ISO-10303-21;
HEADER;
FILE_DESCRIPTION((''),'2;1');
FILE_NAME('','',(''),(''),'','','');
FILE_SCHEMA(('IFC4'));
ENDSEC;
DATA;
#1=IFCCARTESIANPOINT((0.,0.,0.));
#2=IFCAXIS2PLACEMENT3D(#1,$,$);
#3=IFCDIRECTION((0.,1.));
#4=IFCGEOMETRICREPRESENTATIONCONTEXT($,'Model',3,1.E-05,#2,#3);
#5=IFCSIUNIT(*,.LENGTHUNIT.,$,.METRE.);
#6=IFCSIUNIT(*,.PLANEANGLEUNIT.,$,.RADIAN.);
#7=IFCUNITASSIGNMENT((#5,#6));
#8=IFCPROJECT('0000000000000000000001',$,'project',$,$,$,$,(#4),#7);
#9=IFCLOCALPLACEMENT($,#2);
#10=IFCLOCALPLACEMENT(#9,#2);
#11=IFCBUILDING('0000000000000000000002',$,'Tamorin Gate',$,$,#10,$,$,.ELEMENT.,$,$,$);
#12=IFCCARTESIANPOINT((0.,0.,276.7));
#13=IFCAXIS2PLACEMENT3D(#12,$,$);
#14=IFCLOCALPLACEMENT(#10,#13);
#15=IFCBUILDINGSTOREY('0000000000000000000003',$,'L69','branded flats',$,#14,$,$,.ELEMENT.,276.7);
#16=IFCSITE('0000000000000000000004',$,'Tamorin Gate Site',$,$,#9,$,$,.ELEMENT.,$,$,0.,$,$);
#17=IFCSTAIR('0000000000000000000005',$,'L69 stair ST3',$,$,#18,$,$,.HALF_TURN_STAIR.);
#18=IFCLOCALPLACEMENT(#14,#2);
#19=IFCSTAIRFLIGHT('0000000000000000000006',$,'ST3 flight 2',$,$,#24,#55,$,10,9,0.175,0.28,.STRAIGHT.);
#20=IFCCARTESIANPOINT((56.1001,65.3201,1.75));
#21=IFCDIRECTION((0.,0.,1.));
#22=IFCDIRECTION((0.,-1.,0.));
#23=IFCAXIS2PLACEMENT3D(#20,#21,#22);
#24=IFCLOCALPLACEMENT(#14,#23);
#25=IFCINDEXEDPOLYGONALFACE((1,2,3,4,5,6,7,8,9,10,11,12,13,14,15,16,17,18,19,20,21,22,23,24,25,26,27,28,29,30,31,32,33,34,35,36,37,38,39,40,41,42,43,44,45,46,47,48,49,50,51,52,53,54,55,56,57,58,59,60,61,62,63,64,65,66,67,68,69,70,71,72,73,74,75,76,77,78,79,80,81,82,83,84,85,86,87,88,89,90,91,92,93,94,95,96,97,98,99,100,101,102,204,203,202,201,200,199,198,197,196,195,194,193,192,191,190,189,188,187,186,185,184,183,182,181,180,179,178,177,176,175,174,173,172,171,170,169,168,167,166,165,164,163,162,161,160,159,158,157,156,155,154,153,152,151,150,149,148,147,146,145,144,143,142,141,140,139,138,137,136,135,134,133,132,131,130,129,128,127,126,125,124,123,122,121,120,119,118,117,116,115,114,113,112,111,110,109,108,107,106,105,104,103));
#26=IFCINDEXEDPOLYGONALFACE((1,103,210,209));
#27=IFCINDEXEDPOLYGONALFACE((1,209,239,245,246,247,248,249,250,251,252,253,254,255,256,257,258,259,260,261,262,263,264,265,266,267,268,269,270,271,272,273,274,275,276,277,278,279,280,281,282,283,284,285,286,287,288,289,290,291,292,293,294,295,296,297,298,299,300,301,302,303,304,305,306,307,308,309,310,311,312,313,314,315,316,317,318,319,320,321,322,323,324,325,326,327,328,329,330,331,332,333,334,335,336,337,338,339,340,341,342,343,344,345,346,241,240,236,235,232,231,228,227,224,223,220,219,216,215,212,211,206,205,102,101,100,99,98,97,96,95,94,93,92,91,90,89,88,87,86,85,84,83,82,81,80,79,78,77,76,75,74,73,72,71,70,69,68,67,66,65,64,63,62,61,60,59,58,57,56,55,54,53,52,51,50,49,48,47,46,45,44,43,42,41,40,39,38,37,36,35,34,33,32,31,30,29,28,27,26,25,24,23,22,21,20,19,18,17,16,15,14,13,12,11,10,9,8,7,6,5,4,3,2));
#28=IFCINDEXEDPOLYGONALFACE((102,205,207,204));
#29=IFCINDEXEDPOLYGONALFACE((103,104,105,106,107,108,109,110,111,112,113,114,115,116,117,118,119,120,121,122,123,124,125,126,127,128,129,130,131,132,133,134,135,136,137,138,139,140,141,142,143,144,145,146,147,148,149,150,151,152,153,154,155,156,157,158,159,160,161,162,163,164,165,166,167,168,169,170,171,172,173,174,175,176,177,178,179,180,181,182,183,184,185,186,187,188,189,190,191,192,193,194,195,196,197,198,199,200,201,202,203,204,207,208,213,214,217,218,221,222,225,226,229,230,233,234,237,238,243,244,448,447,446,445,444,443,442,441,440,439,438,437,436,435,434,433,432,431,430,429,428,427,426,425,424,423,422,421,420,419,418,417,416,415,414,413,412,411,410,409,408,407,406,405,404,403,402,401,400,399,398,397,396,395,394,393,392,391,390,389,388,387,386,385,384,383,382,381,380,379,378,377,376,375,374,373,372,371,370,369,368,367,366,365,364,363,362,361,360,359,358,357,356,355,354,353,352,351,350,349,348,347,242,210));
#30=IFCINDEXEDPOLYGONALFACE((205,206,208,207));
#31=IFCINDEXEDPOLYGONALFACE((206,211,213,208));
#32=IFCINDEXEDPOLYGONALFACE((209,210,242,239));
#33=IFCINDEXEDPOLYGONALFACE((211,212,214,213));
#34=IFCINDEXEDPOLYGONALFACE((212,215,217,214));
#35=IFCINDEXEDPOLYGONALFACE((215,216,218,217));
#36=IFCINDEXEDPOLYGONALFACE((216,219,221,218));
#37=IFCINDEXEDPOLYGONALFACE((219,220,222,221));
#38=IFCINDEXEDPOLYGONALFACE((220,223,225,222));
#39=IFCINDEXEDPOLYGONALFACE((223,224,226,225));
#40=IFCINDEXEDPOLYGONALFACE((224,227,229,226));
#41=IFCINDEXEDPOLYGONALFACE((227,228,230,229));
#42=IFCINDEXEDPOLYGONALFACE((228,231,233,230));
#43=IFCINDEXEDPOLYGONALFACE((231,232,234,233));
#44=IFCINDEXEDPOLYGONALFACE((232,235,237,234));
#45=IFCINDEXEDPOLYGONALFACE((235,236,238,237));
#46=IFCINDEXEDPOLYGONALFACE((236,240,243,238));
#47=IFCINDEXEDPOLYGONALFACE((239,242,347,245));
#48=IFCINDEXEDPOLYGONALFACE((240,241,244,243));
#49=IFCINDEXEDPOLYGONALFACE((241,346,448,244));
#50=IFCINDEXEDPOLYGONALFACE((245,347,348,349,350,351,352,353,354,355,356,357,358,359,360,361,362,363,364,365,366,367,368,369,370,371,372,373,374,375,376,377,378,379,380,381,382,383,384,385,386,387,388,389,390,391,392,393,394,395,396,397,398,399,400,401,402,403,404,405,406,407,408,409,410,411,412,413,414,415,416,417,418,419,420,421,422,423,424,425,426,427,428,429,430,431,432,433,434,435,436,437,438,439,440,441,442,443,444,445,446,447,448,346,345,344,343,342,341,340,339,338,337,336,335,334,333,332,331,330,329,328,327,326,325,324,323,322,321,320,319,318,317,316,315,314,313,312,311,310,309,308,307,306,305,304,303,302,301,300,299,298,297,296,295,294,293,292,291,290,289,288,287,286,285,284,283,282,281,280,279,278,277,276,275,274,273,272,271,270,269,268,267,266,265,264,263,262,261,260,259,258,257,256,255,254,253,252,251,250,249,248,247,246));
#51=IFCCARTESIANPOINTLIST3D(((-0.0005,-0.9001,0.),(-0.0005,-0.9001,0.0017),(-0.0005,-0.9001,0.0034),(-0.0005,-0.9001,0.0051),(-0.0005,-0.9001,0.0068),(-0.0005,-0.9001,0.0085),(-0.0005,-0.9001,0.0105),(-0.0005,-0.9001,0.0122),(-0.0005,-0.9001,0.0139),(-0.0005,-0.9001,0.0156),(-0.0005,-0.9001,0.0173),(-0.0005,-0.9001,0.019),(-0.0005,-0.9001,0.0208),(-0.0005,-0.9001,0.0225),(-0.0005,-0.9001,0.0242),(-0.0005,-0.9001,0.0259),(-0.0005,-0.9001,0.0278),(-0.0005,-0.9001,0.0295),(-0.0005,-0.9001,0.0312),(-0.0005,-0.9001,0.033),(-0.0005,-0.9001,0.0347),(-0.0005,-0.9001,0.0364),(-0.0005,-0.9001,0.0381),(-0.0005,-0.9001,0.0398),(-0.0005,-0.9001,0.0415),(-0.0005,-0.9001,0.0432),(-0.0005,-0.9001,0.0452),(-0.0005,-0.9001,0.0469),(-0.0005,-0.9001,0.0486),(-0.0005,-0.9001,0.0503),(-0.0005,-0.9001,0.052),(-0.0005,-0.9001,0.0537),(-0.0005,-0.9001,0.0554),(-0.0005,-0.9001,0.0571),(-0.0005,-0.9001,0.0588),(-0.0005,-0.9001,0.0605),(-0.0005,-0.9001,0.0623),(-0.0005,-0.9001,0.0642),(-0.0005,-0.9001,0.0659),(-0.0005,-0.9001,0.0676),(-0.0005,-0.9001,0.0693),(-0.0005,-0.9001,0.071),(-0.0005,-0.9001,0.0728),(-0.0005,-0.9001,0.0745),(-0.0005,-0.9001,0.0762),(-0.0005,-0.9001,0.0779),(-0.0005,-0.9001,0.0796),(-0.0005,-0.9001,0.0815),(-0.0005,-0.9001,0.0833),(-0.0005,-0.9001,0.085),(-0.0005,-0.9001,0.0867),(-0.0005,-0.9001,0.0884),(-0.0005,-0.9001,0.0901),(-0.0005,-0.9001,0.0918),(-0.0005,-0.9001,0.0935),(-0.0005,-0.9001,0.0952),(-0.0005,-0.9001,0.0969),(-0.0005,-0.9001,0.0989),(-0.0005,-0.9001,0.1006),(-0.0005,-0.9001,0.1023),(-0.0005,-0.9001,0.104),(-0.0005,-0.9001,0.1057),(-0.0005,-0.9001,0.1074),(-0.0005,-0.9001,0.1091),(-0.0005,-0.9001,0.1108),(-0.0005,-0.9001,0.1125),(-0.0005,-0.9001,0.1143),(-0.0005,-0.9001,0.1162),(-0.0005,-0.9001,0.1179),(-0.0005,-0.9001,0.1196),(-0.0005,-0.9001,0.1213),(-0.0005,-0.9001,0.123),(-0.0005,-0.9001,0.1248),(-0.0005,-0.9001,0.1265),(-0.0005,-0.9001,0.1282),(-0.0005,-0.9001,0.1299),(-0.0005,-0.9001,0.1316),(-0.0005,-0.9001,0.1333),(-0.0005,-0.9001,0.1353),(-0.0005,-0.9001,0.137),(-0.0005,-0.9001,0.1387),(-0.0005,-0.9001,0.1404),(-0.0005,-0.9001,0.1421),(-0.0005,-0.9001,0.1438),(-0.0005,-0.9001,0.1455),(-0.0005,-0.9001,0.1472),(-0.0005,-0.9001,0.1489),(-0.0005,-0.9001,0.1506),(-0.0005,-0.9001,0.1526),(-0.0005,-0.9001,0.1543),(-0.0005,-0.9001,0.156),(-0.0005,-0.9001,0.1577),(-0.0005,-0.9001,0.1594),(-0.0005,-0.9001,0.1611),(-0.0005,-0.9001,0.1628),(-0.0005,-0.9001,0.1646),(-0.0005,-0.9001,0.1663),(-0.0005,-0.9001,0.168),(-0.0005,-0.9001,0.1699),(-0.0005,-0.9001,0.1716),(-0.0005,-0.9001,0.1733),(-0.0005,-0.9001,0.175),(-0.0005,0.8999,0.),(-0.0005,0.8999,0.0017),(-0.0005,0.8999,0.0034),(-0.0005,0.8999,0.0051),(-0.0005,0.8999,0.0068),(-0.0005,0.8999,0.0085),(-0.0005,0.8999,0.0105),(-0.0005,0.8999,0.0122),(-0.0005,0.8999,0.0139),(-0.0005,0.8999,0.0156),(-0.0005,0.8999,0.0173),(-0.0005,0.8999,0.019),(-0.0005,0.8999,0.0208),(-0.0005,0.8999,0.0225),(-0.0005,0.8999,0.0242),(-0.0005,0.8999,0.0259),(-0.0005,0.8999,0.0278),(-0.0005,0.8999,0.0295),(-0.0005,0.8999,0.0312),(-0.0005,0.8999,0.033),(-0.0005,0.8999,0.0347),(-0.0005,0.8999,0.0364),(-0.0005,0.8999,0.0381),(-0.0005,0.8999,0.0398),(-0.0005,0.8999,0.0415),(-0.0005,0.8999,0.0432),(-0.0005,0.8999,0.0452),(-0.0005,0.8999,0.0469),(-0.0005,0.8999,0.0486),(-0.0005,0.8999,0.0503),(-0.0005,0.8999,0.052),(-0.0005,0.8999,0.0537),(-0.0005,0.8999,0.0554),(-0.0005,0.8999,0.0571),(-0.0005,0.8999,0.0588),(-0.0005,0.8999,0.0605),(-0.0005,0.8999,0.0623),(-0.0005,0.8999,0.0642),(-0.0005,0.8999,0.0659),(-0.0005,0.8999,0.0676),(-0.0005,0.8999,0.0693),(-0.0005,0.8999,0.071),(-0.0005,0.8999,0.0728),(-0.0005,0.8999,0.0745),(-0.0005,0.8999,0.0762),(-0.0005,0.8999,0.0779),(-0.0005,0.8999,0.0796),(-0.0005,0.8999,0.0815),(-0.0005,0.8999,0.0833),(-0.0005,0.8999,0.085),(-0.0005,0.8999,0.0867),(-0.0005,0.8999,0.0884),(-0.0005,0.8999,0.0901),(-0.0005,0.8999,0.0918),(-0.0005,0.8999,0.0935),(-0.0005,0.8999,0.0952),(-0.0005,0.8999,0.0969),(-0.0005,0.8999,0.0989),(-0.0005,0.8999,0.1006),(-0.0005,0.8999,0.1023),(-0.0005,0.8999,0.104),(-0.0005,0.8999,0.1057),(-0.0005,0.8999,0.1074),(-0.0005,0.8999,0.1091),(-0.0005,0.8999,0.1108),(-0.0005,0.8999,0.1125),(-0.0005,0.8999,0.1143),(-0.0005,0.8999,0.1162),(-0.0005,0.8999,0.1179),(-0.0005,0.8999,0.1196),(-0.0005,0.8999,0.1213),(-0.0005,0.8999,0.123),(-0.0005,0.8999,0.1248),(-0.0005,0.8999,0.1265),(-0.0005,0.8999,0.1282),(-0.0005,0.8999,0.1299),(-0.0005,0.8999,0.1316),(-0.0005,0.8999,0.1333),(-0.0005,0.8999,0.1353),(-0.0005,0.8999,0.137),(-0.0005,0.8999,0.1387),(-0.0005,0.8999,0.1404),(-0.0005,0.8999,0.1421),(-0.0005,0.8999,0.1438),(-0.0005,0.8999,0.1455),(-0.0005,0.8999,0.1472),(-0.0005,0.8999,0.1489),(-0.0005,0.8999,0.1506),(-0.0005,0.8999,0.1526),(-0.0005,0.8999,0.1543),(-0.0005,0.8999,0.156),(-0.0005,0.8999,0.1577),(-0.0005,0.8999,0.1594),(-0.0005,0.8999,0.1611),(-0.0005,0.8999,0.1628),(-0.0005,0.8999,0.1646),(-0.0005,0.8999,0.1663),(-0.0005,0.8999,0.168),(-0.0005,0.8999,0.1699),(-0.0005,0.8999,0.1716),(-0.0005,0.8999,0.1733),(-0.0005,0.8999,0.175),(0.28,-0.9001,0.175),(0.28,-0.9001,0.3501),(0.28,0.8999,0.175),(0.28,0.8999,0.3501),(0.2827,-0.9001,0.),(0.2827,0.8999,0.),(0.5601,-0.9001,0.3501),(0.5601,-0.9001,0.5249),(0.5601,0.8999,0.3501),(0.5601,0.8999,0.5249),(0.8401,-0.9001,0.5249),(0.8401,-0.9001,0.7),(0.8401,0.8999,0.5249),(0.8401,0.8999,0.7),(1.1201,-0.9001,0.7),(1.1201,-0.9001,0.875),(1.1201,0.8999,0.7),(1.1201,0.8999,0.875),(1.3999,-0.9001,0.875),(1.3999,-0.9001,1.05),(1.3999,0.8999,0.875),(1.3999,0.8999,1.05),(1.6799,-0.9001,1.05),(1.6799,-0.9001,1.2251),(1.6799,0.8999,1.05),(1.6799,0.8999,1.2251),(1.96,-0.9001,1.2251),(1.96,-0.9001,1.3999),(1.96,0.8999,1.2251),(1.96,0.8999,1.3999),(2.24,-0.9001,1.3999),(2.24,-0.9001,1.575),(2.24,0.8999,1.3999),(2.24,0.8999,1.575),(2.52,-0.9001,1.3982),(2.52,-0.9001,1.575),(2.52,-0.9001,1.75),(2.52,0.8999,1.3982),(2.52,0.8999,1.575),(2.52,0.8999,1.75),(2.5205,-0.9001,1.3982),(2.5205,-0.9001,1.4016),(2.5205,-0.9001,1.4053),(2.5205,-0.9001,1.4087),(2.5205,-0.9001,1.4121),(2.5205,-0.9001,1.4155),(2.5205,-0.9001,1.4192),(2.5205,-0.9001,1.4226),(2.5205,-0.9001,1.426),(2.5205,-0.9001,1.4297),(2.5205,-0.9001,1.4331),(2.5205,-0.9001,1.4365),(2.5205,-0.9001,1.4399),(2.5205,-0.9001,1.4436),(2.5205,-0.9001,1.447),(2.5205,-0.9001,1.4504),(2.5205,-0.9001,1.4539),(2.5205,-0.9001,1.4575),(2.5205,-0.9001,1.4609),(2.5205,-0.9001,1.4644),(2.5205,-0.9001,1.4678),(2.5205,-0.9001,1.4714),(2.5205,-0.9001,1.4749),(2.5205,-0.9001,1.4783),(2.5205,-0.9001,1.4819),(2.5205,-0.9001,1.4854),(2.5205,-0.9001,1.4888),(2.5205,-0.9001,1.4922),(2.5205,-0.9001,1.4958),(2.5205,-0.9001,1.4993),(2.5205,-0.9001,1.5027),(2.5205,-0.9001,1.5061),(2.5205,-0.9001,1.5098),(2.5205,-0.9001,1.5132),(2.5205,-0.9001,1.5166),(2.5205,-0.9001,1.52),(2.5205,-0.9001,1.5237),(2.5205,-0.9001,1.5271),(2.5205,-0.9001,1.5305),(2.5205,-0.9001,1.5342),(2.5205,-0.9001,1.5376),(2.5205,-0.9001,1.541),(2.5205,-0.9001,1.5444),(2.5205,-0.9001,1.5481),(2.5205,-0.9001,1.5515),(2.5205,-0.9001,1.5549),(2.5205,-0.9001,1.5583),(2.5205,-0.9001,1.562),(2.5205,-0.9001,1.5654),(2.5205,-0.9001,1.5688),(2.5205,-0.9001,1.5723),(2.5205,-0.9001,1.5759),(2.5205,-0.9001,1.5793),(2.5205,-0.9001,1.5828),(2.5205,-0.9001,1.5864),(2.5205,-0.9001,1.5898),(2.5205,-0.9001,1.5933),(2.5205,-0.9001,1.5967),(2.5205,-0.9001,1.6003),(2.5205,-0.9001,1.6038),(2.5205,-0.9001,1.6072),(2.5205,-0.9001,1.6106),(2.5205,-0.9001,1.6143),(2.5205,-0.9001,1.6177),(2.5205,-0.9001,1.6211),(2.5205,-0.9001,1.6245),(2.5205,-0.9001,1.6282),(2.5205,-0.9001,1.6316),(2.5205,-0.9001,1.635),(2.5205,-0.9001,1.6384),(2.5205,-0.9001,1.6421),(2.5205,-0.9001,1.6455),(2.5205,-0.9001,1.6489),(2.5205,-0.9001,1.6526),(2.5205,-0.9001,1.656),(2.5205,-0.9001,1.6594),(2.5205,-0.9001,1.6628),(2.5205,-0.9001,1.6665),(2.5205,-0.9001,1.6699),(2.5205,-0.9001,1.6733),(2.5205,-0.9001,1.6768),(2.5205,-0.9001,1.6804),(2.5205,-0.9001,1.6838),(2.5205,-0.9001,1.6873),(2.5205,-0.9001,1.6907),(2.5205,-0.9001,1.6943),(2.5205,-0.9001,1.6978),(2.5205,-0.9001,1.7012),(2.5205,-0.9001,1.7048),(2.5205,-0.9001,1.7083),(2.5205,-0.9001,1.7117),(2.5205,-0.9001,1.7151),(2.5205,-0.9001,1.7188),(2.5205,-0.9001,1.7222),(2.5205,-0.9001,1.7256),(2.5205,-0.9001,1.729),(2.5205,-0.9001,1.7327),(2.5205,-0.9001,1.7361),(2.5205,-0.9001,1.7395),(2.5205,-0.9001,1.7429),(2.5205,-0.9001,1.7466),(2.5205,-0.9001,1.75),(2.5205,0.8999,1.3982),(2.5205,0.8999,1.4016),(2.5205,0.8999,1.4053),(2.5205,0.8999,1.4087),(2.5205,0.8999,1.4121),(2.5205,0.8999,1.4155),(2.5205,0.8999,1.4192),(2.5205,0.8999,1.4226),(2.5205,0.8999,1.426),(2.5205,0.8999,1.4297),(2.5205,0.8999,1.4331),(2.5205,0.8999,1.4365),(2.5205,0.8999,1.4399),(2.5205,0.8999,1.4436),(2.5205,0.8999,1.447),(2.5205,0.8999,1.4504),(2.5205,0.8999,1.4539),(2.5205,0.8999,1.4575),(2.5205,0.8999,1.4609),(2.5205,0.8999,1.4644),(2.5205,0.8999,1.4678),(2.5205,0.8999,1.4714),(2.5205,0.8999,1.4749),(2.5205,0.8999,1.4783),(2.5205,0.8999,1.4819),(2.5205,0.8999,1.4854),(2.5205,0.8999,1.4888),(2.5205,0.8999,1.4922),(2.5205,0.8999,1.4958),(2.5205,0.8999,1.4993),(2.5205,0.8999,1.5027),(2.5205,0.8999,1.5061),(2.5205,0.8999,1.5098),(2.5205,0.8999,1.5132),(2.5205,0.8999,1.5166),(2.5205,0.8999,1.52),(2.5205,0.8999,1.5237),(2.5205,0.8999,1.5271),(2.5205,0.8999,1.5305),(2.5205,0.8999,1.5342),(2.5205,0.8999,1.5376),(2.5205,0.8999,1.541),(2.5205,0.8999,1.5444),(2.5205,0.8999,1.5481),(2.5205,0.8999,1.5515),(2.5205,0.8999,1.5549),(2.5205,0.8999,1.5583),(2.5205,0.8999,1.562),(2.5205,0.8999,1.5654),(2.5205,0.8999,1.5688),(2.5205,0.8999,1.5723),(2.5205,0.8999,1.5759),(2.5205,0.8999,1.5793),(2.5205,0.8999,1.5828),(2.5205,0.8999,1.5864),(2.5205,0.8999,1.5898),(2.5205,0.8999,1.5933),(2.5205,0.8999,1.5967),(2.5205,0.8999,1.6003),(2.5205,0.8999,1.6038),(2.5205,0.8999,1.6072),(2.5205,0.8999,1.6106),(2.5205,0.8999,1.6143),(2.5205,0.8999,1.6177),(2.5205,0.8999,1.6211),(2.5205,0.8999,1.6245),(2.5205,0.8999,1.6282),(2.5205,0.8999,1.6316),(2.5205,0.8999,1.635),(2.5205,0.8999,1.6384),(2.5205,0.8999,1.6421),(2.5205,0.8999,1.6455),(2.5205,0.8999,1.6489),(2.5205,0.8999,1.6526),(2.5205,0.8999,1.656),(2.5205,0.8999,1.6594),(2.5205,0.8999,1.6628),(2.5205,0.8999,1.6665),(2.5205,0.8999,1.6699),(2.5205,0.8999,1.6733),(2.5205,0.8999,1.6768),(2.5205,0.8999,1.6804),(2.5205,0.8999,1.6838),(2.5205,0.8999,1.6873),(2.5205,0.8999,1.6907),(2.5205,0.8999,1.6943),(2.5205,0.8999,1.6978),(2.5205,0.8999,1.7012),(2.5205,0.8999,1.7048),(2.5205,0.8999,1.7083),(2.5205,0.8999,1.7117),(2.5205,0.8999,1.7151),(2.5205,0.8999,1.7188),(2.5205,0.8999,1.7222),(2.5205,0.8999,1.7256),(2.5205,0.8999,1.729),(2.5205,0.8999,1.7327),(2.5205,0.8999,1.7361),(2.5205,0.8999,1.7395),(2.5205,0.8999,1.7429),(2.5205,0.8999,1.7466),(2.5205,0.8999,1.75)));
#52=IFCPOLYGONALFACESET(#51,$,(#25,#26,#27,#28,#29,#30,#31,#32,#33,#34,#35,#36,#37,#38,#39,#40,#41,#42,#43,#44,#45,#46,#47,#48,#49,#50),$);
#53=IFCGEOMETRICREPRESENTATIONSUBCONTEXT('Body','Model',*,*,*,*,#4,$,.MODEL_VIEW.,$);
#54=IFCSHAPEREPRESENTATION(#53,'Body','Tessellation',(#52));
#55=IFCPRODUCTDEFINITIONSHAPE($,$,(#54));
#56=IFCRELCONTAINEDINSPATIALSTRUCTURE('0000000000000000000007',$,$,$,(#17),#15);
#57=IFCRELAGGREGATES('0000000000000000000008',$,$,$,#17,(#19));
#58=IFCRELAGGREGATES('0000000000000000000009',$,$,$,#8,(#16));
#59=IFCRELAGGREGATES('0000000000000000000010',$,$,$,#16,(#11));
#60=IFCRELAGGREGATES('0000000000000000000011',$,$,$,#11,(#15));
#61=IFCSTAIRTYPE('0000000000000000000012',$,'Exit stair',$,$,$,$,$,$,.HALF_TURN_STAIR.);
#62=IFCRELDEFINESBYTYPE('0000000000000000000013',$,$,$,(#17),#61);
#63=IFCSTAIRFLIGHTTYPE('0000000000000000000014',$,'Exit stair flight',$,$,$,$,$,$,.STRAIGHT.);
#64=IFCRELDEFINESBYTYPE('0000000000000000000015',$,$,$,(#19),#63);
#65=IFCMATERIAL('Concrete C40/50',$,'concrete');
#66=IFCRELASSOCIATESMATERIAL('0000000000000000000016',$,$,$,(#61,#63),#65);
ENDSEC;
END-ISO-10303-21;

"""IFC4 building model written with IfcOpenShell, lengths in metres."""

from ifc_helpers import new_model, si_unit, direction, frame, origin, place, context, subcontext, project, spatial, polyline, outline, extrude, material, type_object, element, aggregate, save


model = new_model("IFC4")

# Units and contexts
model_context = context("Model", 3, precision=1e-05, world=origin(), true_north=direction((0.0, 1.0)))
body_context = subcontext(model_context, "Body", "Model", "MODEL_VIEW")
ifc_project = project(units=[si_unit("LENGTHUNIT", "METRE"), si_unit("PLANEANGLEUNIT", "RADIAN")], contexts=[model_context])

# Site, building, storey
site_placement = place(None, origin())
site = spatial("IfcSite", under=ifc_project, at=site_placement, Name="Tamorin Gate Site", CompositionType="ELEMENT", RefElevation=0.0)
building_placement = place(site_placement, origin())
building = spatial("IfcBuilding", under=site, at=building_placement, Name="Tamorin Gate", CompositionType="ELEMENT")
storey_placement = place(building_placement, frame((0.0, 0.0, 276.7)))
storey = spatial("IfcBuildingStorey", under=building, at=storey_placement, Name="L69", Description="branded flats", CompositionType="ELEMENT", Elevation=276.7)

# Shared definitions
ifc_material_1 = material(Name="Concrete C40/50", Category="concrete")

# Stair, stair flight
stair_type = type_object("IfcStairType", Name="Exit stair", PredefinedType="HALF_TURN_STAIR", material=ifc_material_1)
stair_placement = place(storey_placement, origin())
stair = element("IfcStair", 1, at=stair_placement, inside=storey, type_object=stair_type, Name="L69 stair ST3", PredefinedType="HALF_TURN_STAIR")
stair_flight_type = type_object("IfcStairFlightType", Name="Exit stair flight", PredefinedType="STRAIGHT", material=ifc_material_1)
stair_flight_placement = place(storey_placement, frame((56.1001, 65.3201, 1.75), z_axis=(0.0, 0.0, 1.0), x_axis=(0.0, -1.0, 0.0)))
stair_flight = element("IfcStairFlight", 2, at=stair_flight_placement, type_object=stair_flight_type, Name="ST3 flight 2", NumberOfRisers=10, NumberOfTreads=9, PredefinedType="STRAIGHT", RiserHeight=0.175, TreadLength=0.28, context=body_context, shape_type="SweptSolid", body=[
    extrude(outline(polyline([(-0.0005, 0.0), (-0.0005, 0.0017), (-0.0005, 0.0034), (-0.0005, 0.0051), (-0.0005, 0.0068), (-0.0005, 0.0085), (-0.0005, 0.0105), (-0.0005, 0.0122), (-0.0005, 0.0139), (-0.0005, 0.0156), (-0.0005, 0.0173), (-0.0005, 0.019), (-0.0005, 0.0208), (-0.0005, 0.0225), (-0.0005, 0.0242), (-0.0005, 0.0259), (-0.0005, 0.0278), (-0.0005, 0.0295), (-0.0005, 0.0312), (-0.0005, 0.033), (-0.0005, 0.0347), (-0.0005, 0.0364), (-0.0005, 0.0381), (-0.0005, 0.0398), (-0.0005, 0.0415), (-0.0005, 0.0432), (-0.0005, 0.0452), (-0.0005, 0.0469), (-0.0005, 0.0486), (-0.0005, 0.0503), (-0.0005, 0.052), (-0.0005, 0.0537), (-0.0005, 0.0554), (-0.0005, 0.0571), (-0.0005, 0.0588), (-0.0005, 0.0605), (-0.0005, 0.0623), (-0.0005, 0.0642), (-0.0005, 0.0659), (-0.0005, 0.0676), (-0.0005, 0.0693), (-0.0005, 0.071), (-0.0005, 0.0728), (-0.0005, 0.0745), (-0.0005, 0.0762), (-0.0005, 0.0779), (-0.0005, 0.0796), (-0.0005, 0.0815), (-0.0005, 0.0833), (-0.0005, 0.085), (-0.0005, 0.0867), (-0.0005, 0.0884), (-0.0005, 0.0901), (-0.0005, 0.0918), (-0.0005, 0.0935), (-0.0005, 0.0952), (-0.0005, 0.0969), (-0.0005, 0.0989), (-0.0005, 0.1006), (-0.0005, 0.1023), (-0.0005, 0.104), (-0.0005, 0.1057), (-0.0005, 0.1074), (-0.0005, 0.1091), (-0.0005, 0.1108), (-0.0005, 0.1125), (-0.0005, 0.1143), (-0.0005, 0.1162), (-0.0005, 0.1179), (-0.0005, 0.1196), (-0.0005, 0.1213), (-0.0005, 0.123), (-0.0005, 0.1248), (-0.0005, 0.1265), (-0.0005, 0.1282), (-0.0005, 0.1299), (-0.0005, 0.1316), (-0.0005, 0.1333), (-0.0005, 0.1353), (-0.0005, 0.137), (-0.0005, 0.1387), (-0.0005, 0.1404), (-0.0005, 0.1421), (-0.0005, 0.1438), (-0.0005, 0.1455), (-0.0005, 0.1472), (-0.0005, 0.1489), (-0.0005, 0.1506), (-0.0005, 0.1526), (-0.0005, 0.1543), (-0.0005, 0.156), (-0.0005, 0.1577), (-0.0005, 0.1594), (-0.0005, 0.1611), (-0.0005, 0.1628), (-0.0005, 0.1646), (-0.0005, 0.1663), (-0.0005, 0.168), (-0.0005, 0.1699), (-0.0005, 0.1716), (-0.0005, 0.1733), (-0.0005, 0.175), (0.28, 0.175), (0.28, 0.3501), (0.5601, 0.3501), (0.5601, 0.5249), (0.8401, 0.5249), (0.8401, 0.7), (1.1201, 0.7), (1.1201, 0.875), (1.3999, 0.875), (1.3999, 1.05), (1.6799, 1.05), (1.6799, 1.2251), (1.96, 1.2251), (1.96, 1.3999), (2.24, 1.3999), (2.24, 1.575), (2.52, 1.575), (2.52, 1.75), (2.5205, 1.75), (2.5205, 1.7466), (2.5205, 1.7429), (2.5205, 1.7395), (2.5205, 1.7361), (2.5205, 1.7327), (2.5205, 1.729), (2.5205, 1.7256), (2.5205, 1.7222), (2.5205, 1.7188), (2.5205, 1.7151), (2.5205, 1.7117), (2.5205, 1.7083), (2.5205, 1.7048), (2.5205, 1.7012), (2.5205, 1.6978), (2.5205, 1.6943), (2.5205, 1.6907), (2.5205, 1.6873), (2.5205, 1.6838), (2.5205, 1.6804), (2.5205, 1.6768), (2.5205, 1.6733), (2.5205, 1.6699), (2.5205, 1.6665), (2.5205, 1.6628), (2.5205, 1.6594), (2.5205, 1.656), (2.5205, 1.6526), (2.5205, 1.6489), (2.5205, 1.6455), (2.5205, 1.6421), (2.5205, 1.6384), (2.5205, 1.635), (2.5205, 1.6316), (2.5205, 1.6282), (2.5205, 1.6245), (2.5205, 1.6211), (2.5205, 1.6177), (2.5205, 1.6143), (2.5205, 1.6106), (2.5205, 1.6072), (2.5205, 1.6038), (2.5205, 1.6003), (2.5205, 1.5967), (2.5205, 1.5933), (2.5205, 1.5898), (2.5205, 1.5864), (2.5205, 1.5828), (2.5205, 1.5793), (2.5205, 1.5759), (2.5205, 1.5723), (2.5205, 1.5688), (2.5205, 1.5654), (2.5205, 1.562), (2.5205, 1.5583), (2.5205, 1.5549), (2.5205, 1.5515), (2.5205, 1.5481), (2.5205, 1.5444), (2.5205, 1.541), (2.5205, 1.5376), (2.5205, 1.5342), (2.5205, 1.5305), (2.5205, 1.5271), (2.5205, 1.5237), (2.5205, 1.52), (2.5205, 1.5166), (2.5205, 1.5132), (2.5205, 1.5098), (2.5205, 1.5061), (2.5205, 1.5027), (2.5205, 1.4993), (2.5205, 1.4958), (2.5205, 1.4922), (2.5205, 1.4888), (2.5205, 1.4854), (2.5205, 1.4819), (2.5205, 1.4783), (2.5205, 1.4749), (2.5205, 1.4714), (2.5205, 1.4678), (2.5205, 1.4644), (2.5205, 1.4609), (2.5205, 1.4575), (2.5205, 1.4539), (2.5205, 1.4504), (2.5205, 1.447), (2.5205, 1.4436), (2.5205, 1.4399), (2.5205, 1.4365), (2.5205, 1.4331), (2.5205, 1.4297), (2.5205, 1.426), (2.5205, 1.4226), (2.5205, 1.4192), (2.5205, 1.4155), (2.5205, 1.4121), (2.5205, 1.4087), (2.5205, 1.4053), (2.5205, 1.4016), (2.5205, 1.3982), (2.52, 1.3982), (0.2827, 0.0), (-0.0005, 0.0)])), frame((0.0, 0.8999, 0.0), z_axis=(0.0, -1.0, 0.0), x_axis=(1.0, 0.0, 0.0)), (0.0, 0.0, 1.0), 1.8),
])
aggregate(stair, [stair_flight])

save(model, "model.ifc")
